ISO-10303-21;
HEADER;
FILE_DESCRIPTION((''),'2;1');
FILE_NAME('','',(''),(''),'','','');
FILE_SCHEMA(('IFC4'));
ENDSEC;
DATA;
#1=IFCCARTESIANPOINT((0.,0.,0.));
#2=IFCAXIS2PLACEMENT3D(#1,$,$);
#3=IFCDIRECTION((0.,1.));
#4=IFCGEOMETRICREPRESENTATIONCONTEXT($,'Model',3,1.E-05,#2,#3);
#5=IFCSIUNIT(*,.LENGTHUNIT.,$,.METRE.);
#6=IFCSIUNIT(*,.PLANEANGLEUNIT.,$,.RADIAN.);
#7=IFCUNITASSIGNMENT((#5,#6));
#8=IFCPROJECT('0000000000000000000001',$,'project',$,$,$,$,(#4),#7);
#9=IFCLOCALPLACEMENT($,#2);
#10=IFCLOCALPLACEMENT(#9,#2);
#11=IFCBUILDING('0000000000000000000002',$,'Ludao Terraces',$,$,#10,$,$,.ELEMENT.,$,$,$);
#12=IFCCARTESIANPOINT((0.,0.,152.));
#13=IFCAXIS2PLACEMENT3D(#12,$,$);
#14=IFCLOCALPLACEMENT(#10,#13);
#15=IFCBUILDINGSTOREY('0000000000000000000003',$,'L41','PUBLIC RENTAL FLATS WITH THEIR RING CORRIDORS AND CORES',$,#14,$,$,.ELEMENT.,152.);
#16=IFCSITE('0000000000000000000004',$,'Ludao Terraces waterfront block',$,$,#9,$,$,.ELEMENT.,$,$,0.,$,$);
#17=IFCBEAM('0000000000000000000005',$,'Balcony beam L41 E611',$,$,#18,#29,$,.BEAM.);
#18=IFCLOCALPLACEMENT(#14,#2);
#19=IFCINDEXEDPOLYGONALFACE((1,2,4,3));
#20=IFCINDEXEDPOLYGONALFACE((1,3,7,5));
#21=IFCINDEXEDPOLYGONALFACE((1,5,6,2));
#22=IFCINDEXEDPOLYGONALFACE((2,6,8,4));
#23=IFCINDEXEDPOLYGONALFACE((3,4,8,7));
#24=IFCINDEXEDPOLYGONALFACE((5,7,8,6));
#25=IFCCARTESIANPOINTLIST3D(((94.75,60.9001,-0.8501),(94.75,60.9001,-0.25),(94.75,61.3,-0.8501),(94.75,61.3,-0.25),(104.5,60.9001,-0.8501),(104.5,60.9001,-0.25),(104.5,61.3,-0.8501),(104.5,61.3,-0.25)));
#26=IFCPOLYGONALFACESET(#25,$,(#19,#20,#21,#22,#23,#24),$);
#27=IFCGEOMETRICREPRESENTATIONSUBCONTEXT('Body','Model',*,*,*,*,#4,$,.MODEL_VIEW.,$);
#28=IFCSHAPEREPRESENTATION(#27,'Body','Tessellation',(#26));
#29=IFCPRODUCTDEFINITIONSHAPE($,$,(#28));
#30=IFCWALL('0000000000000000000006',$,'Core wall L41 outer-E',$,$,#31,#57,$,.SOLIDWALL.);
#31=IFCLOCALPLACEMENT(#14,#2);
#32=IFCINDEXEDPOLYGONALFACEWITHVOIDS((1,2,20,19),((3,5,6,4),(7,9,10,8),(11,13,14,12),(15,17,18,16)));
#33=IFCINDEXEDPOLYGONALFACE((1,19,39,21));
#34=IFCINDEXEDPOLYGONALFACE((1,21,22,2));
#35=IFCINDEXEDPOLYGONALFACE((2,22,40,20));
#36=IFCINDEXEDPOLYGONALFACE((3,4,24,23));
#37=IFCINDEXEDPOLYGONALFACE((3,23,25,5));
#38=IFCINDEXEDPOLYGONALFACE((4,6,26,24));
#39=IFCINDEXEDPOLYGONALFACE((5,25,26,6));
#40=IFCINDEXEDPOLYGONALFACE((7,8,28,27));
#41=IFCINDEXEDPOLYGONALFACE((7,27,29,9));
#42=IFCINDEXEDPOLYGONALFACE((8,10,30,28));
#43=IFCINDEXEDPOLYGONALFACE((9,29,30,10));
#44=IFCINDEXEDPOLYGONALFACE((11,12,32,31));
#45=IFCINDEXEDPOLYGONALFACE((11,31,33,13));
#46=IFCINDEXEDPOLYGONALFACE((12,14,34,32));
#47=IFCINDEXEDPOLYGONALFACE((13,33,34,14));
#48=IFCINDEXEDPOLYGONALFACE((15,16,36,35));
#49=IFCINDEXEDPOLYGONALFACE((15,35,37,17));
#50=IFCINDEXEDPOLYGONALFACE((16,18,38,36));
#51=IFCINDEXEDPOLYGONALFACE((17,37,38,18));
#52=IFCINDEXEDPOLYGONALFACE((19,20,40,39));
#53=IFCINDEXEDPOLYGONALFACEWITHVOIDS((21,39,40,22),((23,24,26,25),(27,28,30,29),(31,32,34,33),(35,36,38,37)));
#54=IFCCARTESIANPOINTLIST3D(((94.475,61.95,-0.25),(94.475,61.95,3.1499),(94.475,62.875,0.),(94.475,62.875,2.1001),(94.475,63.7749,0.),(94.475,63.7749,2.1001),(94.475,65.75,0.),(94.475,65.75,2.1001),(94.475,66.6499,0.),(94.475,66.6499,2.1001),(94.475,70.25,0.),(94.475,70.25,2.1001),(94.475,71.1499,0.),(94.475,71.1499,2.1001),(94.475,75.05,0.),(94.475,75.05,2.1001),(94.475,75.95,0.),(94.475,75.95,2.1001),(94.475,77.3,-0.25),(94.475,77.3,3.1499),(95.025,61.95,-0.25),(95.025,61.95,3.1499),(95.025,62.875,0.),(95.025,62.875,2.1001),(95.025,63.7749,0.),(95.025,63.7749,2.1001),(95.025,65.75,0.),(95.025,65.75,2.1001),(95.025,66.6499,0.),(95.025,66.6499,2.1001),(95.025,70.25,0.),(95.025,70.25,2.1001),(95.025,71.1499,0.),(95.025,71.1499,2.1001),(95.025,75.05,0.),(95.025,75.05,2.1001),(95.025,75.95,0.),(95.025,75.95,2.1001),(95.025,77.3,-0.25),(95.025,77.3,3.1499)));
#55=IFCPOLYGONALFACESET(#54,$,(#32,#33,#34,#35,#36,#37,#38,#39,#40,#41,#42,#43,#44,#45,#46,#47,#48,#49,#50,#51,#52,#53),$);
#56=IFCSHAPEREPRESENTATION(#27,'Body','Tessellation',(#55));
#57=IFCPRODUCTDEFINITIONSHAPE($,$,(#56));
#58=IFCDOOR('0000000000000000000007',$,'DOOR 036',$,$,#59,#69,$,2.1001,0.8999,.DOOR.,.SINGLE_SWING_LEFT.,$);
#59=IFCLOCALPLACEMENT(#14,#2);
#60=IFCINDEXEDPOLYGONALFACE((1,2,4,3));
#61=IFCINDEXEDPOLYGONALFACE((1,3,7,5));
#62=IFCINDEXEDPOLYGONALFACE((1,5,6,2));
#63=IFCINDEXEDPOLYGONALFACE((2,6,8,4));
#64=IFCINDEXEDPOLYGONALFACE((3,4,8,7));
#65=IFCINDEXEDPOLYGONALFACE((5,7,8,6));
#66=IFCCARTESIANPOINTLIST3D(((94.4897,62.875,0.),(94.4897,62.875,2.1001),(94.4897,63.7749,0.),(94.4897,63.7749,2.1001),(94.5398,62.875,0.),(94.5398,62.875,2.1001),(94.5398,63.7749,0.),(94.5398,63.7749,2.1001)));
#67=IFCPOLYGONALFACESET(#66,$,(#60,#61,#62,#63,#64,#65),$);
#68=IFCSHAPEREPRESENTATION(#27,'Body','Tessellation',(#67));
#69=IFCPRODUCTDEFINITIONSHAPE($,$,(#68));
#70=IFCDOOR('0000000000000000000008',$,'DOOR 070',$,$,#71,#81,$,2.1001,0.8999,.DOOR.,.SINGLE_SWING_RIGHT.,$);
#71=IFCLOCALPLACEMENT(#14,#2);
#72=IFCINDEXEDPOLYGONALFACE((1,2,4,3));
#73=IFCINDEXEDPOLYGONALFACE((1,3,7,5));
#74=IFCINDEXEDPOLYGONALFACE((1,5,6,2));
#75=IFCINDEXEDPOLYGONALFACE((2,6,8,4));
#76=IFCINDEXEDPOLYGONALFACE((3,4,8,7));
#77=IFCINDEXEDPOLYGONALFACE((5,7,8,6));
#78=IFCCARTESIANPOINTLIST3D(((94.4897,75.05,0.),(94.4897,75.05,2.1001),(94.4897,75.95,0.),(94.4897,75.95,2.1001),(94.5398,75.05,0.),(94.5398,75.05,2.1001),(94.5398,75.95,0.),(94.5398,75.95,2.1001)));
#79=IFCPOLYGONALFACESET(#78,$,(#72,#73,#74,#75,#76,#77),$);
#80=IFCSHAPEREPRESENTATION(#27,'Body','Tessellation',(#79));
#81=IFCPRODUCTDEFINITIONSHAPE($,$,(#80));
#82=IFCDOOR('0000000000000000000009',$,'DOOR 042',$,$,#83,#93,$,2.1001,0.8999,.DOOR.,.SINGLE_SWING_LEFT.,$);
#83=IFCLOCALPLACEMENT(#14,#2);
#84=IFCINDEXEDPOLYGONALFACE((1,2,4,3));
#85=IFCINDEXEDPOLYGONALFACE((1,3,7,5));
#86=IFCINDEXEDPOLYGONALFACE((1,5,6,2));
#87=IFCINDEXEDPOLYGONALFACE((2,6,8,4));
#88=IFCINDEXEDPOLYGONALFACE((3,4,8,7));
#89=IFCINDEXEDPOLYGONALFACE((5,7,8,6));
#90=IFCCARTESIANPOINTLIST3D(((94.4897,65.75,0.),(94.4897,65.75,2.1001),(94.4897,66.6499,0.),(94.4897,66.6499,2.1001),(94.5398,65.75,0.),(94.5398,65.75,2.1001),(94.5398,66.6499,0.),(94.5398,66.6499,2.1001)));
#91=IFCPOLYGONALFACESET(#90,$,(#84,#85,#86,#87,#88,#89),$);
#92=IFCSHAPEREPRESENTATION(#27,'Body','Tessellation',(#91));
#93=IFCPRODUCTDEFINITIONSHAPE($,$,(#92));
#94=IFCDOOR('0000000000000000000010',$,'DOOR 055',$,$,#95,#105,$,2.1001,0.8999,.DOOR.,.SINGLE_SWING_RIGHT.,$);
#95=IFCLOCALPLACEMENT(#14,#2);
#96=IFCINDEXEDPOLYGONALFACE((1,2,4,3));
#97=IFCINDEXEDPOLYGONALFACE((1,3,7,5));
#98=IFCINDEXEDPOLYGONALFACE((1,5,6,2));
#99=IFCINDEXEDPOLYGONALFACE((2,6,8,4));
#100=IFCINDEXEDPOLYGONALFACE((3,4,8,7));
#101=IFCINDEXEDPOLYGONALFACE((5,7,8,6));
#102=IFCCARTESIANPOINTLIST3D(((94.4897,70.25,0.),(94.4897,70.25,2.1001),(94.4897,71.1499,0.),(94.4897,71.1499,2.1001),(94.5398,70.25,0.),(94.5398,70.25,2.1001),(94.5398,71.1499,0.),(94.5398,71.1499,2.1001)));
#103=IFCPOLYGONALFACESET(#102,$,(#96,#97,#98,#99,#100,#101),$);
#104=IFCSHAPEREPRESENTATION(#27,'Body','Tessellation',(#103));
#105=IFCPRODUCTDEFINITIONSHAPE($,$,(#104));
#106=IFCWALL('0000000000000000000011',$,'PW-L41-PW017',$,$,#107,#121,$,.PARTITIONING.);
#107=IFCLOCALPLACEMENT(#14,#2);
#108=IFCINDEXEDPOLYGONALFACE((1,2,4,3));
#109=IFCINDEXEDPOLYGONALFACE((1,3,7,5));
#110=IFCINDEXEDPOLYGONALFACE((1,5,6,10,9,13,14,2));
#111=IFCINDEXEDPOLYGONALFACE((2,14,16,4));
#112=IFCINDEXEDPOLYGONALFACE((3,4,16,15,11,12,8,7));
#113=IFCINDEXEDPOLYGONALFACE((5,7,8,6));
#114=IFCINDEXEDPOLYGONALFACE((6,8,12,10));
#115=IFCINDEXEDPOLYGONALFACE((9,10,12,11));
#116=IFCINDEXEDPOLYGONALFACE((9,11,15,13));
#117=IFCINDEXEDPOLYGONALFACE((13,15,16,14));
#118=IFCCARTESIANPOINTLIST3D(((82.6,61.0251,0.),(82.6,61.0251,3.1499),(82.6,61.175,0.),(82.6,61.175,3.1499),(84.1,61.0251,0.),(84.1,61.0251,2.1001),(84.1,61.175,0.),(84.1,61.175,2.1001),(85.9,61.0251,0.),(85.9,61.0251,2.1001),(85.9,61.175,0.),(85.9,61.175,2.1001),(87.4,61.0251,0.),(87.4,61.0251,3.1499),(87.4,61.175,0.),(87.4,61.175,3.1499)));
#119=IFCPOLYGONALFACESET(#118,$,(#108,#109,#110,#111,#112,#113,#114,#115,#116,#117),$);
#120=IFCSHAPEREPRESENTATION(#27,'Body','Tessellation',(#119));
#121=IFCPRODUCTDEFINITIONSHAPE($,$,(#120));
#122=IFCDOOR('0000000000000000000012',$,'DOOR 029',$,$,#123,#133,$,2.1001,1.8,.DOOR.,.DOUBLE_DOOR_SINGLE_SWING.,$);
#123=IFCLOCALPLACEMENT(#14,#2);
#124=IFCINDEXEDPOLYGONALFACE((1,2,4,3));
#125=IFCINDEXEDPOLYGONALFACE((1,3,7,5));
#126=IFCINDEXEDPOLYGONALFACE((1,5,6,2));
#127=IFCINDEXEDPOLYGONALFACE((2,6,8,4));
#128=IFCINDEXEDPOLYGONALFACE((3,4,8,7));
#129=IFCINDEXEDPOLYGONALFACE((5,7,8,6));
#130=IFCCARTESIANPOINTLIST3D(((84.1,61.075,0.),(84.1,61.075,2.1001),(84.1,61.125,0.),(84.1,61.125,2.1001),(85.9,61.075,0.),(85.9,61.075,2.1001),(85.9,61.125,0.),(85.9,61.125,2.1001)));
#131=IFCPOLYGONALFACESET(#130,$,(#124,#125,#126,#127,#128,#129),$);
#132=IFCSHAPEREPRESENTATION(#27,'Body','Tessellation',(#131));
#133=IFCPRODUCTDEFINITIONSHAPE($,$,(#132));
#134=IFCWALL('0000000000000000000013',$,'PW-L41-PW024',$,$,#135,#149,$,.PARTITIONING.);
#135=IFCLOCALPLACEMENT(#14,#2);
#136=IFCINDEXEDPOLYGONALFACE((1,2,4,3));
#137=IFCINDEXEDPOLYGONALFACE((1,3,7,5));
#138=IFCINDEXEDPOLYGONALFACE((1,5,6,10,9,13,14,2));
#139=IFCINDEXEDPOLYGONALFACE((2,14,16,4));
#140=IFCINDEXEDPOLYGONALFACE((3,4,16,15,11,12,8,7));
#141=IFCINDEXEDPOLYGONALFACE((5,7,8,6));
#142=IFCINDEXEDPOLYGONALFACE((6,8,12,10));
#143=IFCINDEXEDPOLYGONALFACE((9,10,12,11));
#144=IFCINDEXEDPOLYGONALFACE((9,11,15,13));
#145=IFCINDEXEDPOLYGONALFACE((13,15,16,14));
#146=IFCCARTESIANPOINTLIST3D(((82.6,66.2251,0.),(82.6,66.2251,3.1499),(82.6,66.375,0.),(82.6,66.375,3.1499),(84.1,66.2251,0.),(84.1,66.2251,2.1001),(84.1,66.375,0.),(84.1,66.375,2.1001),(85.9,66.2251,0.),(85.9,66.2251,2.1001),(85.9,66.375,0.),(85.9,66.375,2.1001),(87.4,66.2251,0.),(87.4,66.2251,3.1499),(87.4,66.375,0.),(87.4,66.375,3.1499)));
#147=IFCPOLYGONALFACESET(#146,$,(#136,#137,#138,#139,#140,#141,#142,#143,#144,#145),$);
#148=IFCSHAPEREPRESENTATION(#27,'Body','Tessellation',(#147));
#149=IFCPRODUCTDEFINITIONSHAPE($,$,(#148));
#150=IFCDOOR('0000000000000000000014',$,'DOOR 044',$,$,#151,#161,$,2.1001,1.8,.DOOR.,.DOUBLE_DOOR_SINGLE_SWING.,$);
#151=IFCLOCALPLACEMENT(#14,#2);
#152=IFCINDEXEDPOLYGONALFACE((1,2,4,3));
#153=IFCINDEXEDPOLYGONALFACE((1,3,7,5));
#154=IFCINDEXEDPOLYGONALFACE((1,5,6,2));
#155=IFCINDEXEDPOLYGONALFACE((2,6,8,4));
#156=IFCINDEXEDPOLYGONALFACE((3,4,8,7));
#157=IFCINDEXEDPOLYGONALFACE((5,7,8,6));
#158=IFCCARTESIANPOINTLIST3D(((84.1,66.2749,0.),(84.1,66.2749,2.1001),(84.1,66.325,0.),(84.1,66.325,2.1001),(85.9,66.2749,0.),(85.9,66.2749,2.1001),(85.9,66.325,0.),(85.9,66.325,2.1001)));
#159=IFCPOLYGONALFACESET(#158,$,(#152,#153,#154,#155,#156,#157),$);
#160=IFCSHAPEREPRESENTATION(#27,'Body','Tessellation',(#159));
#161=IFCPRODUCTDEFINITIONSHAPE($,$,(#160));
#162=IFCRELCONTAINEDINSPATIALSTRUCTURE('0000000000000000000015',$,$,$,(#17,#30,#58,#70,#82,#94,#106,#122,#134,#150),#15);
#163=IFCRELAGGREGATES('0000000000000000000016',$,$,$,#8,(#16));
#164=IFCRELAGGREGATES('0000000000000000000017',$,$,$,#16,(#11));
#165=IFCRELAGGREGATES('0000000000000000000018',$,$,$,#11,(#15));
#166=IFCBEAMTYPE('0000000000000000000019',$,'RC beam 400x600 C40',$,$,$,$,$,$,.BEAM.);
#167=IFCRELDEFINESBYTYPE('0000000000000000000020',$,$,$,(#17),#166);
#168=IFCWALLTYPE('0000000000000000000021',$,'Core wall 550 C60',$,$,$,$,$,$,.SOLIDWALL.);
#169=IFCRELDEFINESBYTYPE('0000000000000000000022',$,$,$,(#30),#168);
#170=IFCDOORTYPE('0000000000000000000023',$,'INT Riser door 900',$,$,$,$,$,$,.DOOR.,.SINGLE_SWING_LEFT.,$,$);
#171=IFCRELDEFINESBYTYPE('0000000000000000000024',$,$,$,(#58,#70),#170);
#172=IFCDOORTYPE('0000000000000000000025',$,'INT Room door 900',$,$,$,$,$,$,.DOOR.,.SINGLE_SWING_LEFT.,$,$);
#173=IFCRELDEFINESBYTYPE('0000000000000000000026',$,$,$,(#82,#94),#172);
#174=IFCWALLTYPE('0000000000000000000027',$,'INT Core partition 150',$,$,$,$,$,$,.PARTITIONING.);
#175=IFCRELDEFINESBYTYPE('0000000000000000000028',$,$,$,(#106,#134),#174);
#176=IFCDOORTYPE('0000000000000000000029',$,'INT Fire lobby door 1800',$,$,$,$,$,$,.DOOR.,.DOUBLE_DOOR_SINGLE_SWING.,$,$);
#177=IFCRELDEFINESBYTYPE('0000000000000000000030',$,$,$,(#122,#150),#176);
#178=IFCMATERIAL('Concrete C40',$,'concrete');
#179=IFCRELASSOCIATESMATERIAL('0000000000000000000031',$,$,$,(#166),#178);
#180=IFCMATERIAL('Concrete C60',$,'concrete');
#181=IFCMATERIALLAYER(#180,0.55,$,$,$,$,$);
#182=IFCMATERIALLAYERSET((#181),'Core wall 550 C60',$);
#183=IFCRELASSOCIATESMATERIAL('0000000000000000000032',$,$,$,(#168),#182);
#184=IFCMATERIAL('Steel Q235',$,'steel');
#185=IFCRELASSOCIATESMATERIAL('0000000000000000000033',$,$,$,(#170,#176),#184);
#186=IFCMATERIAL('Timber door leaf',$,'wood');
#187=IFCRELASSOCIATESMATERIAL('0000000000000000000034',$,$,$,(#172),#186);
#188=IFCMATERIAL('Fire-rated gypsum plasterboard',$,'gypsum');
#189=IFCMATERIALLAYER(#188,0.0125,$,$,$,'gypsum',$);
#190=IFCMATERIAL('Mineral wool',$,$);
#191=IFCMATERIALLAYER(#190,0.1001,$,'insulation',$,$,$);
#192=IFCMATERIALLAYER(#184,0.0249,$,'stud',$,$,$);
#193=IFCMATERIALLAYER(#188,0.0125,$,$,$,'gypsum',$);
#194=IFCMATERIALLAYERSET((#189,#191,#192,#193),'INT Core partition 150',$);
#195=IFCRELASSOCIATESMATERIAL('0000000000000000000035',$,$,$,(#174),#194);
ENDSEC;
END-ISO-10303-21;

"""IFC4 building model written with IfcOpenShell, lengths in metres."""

from ifc_helpers import new_model, si_unit, direction, frame, frame_2d, origin, origin_2d, place, context, subcontext, project, spatial, rectangle, extrude, material, layer, layer_set, material_profile, profile_set, type_object, element, fill, save


model = new_model("IFC4")

# Units and contexts
model_context = context("Model", 3, precision=1e-05, world=origin(), true_north=direction((0.0, 1.0)))
body_context = subcontext(model_context, "Body", "Model", "MODEL_VIEW")
ifc_project = project(units=[si_unit("LENGTHUNIT", "METRE"), si_unit("PLANEANGLEUNIT", "RADIAN")], contexts=[model_context])

# Site, building, storey
site_placement = place(None, origin())
site = spatial("IfcSite", under=ifc_project, at=site_placement, Name="Ludao Terraces waterfront block", CompositionType="ELEMENT", RefElevation=0.0)
building_placement = place(site_placement, origin())
building = spatial("IfcBuilding", under=site, at=building_placement, Name="Ludao Terraces", CompositionType="ELEMENT")
storey_placement = place(building_placement, frame((0.0, 0.0, 152.0)))
storey = spatial("IfcBuildingStorey", under=building, at=storey_placement, Name="L41", Description="PUBLIC RENTAL FLATS WITH THEIR RING CORRIDORS AND CORES", CompositionType="ELEMENT", Elevation=152.0)

# Beam
ifc_material_1 = material(Name="Concrete C40", Category="concrete")
ifc_material_profile = material_profile(ifc_material_1, rectangle(XDim=0.3999, YDim=0.6001, at=origin_2d()), Name="400 X 600")
ifc_profile_set = profile_set([ifc_material_profile], Name="Concrete C40")
beam_type = type_object("IfcBeamType", Name="RC beam 400x600 C40", PredefinedType="BEAM", material=ifc_profile_set)
beam_placement = place(storey_placement, frame((94.75, 61.1001, -0.55), z_axis=(1.0, 0.0, 0.0), x_axis=(0.0, 1.0, 0.0)))
element("IfcBeam", 1, at=beam_placement, inside=storey, type_object=beam_type, Name="Balcony beam L41 E611", PredefinedType="BEAM", context=body_context, shape_type="SweptSolid", body=[
    extrude(rectangle(XDim=0.3999, YDim=0.6001, at=origin_2d()), origin(), (0.0, 0.0, 1.0), 9.75),
])

# Wall, openings, doors
ifc_material_2 = material(Name="Concrete C60", Category="concrete")
ifc_layer_1 = layer(ifc_material_2, 0.55)
ifc_layer_set_1 = layer_set([ifc_layer_1], Name="Core wall 550 C60")
wall_type_1 = type_object("IfcWallType", Name="Core wall 550 C60", PredefinedType="SOLIDWALL", material=ifc_layer_set_1)
wall_1_placement = place(storey_placement, frame((94.75, 61.95, -0.25), z_axis=(0.0, 0.0, 1.0), x_axis=(0.0, 1.0, 0.0)))
wall_1 = element("IfcWall", 2, at=wall_1_placement, inside=storey, type_object=wall_type_1, Name="Core wall L41 outer-E", PredefinedType="SOLIDWALL", context=body_context, shape_type="SweptSolid", body=[
    extrude(rectangle(XDim=15.3501, YDim=0.55, at=frame_2d((7.675, 0.0))), origin(), (0.0, 0.0, 1.0), 3.3999),
])
opening_1_placement = place(wall_1_placement, frame((0.925, 0.0, 0.25)))
opening_1 = element("IfcOpeningElement", 3, at=opening_1_placement, cuts=wall_1, PredefinedType="OPENING", context=body_context, shape_type="SweptSolid", body=[
    extrude(rectangle(XDim=0.8999, YDim=2.1001, at=frame_2d((0.45, 1.05))), frame((0.0, 0.2852, 0.0), z_axis=(0.0, -1.0, 0.0), x_axis=(1.0, 0.0, 0.0)), (0.0, 0.0, 1.0), 0.5701),
])
opening_2_placement = place(wall_1_placement, frame((3.8, 0.0, 0.25)))
opening_2 = element("IfcOpeningElement", 4, at=opening_2_placement, cuts=wall_1, PredefinedType="OPENING", context=body_context, shape_type="SweptSolid", body=[
    extrude(rectangle(XDim=0.8999, YDim=2.1001, at=frame_2d((0.45, 1.05))), frame((0.0, 0.2852, 0.0), z_axis=(0.0, -1.0, 0.0), x_axis=(1.0, 0.0, 0.0)), (0.0, 0.0, 1.0), 0.5701),
])
opening_3_placement = place(wall_1_placement, frame((8.3, 0.0, 0.25)))
opening_3 = element("IfcOpeningElement", 5, at=opening_3_placement, cuts=wall_1, PredefinedType="OPENING", context=body_context, shape_type="SweptSolid", body=[
    extrude(rectangle(XDim=0.8999, YDim=2.1001, at=frame_2d((0.45, 1.05))), frame((0.0, 0.2852, 0.0), z_axis=(0.0, -1.0, 0.0), x_axis=(1.0, 0.0, 0.0)), (0.0, 0.0, 1.0), 0.5701),
])
opening_4_placement = place(wall_1_placement, frame((13.1001, 0.0, 0.25)))
opening_4 = element("IfcOpeningElement", 6, at=opening_4_placement, cuts=wall_1, PredefinedType="OPENING", context=body_context, shape_type="SweptSolid", body=[
    extrude(rectangle(XDim=0.8999, YDim=2.1001, at=frame_2d((0.45, 1.05))), frame((0.0, 0.2852, 0.0), z_axis=(0.0, -1.0, 0.0), x_axis=(1.0, 0.0, 0.0)), (0.0, 0.0, 1.0), 0.5701),
])
ifc_material_3 = material(Name="Steel Q235", Category="steel")
door_type_1 = type_object("IfcDoorType", Name="INT Riser door 900", OperationType="SINGLE_SWING_LEFT", PredefinedType="DOOR", material=ifc_material_3)
door_1_placement = place(opening_1_placement, origin())
door_1 = element("IfcDoor", 7, at=door_1_placement, inside=storey, type_object=door_type_1, Name="DOOR 036", OperationType="SINGLE_SWING_LEFT", OverallHeight=2.1001, OverallWidth=0.8999, PredefinedType="DOOR", context=body_context, shape_type="SweptSolid", body=[
    extrude(rectangle(XDim=0.8999, YDim=2.1001, at=frame_2d((0.45, 1.05))), frame((0.0, 0.2603, 0.0), z_axis=(0.0, -1.0, 0.0), x_axis=(1.0, 0.0, 0.0)), (0.0, 0.0, 1.0), 0.05),
])
fill(opening_1, door_1)
door_2_placement = place(opening_4_placement, origin())
door_2 = element("IfcDoor", 8, at=door_2_placement, inside=storey, type_object=door_type_1, Name="DOOR 070", OperationType="SINGLE_SWING_RIGHT", OverallHeight=2.1001, OverallWidth=0.8999, PredefinedType="DOOR", context=body_context, shape_type="SweptSolid", body=[
    extrude(rectangle(XDim=0.8999, YDim=2.1001, at=frame_2d((0.45, 1.05))), frame((0.0, 0.2603, 0.0), z_axis=(0.0, -1.0, 0.0), x_axis=(1.0, 0.0, 0.0)), (0.0, 0.0, 1.0), 0.05),
])
fill(opening_4, door_2)
ifc_material_4 = material(Name="Timber door leaf", Category="wood")
door_type_2 = type_object("IfcDoorType", Name="INT Room door 900", OperationType="SINGLE_SWING_LEFT", PredefinedType="DOOR", material=ifc_material_4)
door_3_placement = place(opening_2_placement, origin())
door_3 = element("IfcDoor", 9, at=door_3_placement, inside=storey, type_object=door_type_2, Name="DOOR 042", OperationType="SINGLE_SWING_LEFT", OverallHeight=2.1001, OverallWidth=0.8999, PredefinedType="DOOR", context=body_context, shape_type="SweptSolid", body=[
    extrude(rectangle(XDim=0.8999, YDim=2.1001, at=frame_2d((0.45, 1.05))), frame((0.0, 0.2603, 0.0), z_axis=(0.0, -1.0, 0.0), x_axis=(1.0, 0.0, 0.0)), (0.0, 0.0, 1.0), 0.05),
])
fill(opening_2, door_3)
door_4_placement = place(opening_3_placement, origin())
door_4 = element("IfcDoor", 10, at=door_4_placement, inside=storey, type_object=door_type_2, Name="DOOR 055", OperationType="SINGLE_SWING_RIGHT", OverallHeight=2.1001, OverallWidth=0.8999, PredefinedType="DOOR", context=body_context, shape_type="SweptSolid", body=[
    extrude(rectangle(XDim=0.8999, YDim=2.1001, at=frame_2d((0.45, 1.05))), frame((0.0, 0.2603, 0.0), z_axis=(0.0, -1.0, 0.0), x_axis=(1.0, 0.0, 0.0)), (0.0, 0.0, 1.0), 0.05),
])
fill(opening_3, door_4)

# Walls, openings, doors
ifc_material_5 = material(Name="Fire-rated gypsum plasterboard", Category="gypsum")
ifc_layer_2 = layer(ifc_material_5, 0.0125, Category="gypsum")
ifc_material_6 = material(Name="Mineral wool")
ifc_layer_3 = layer(ifc_material_6, 0.1001, Name="insulation")
ifc_layer_4 = layer(ifc_material_3, 0.0249, Name="stud")
ifc_layer_5 = layer(ifc_material_5, 0.0125, Category="gypsum")
ifc_layer_set_2 = layer_set([ifc_layer_2, ifc_layer_3, ifc_layer_4, ifc_layer_5], Name="INT Core partition 150")
wall_type_2 = type_object("IfcWallType", Name="INT Core partition 150", PredefinedType="PARTITIONING", material=ifc_layer_set_2)
wall_2_placement = place(storey_placement, frame((82.6001, 61.1001, 0.0), z_axis=(0.0, 0.0, 1.0), x_axis=(1.0, 0.0, 0.0)))
wall_2 = element("IfcWall", 11, at=wall_2_placement, inside=storey, type_object=wall_type_2, Name="PW-L41-PW017", PredefinedType="PARTITIONING", context=body_context, shape_type="SweptSolid", body=[
    extrude(rectangle(XDim=4.8, YDim=0.1499, at=frame_2d((2.3999, 0.0))), origin(), (0.0, 0.0, 1.0), 3.1499),
])
opening_5_placement = place(wall_2_placement, frame((1.5, 0.0, 0.0)))
opening_5 = element("IfcOpeningElement", 12, at=opening_5_placement, cuts=wall_2, PredefinedType="OPENING", context=body_context, shape_type="SweptSolid", body=[
    extrude(rectangle(XDim=1.8, YDim=2.1001, at=frame_2d((0.8999, 1.05))), frame((0.0, 0.085, 0.0), z_axis=(0.0, -1.0, 0.0), x_axis=(1.0, 0.0, 0.0)), (0.0, 0.0, 1.0), 0.1699),
])
door_type_3 = type_object("IfcDoorType", Name="INT Fire lobby door 1800", OperationType="DOUBLE_DOOR_SINGLE_SWING", PredefinedType="DOOR", material=ifc_material_3)
door_5_placement = place(opening_5_placement, origin())
door_5 = element("IfcDoor", 13, at=door_5_placement, inside=storey, type_object=door_type_3, Name="DOOR 029", OperationType="DOUBLE_DOOR_SINGLE_SWING", OverallHeight=2.1001, OverallWidth=1.8, PredefinedType="DOOR", context=body_context, shape_type="SweptSolid", body=[
    extrude(rectangle(XDim=1.8, YDim=2.1001, at=frame_2d((0.8999, 1.05))), frame((0.0, 0.0249, 0.0), z_axis=(0.0, -1.0, 0.0), x_axis=(1.0, 0.0, 0.0)), (0.0, 0.0, 1.0), 0.05),
])
fill(opening_5, door_5)
wall_3_placement = place(storey_placement, frame((82.6001, 66.3, 0.0), z_axis=(0.0, 0.0, 1.0), x_axis=(1.0, 0.0, 0.0)))
wall_3 = element("IfcWall", 14, at=wall_3_placement, inside=storey, type_object=wall_type_2, Name="PW-L41-PW024", PredefinedType="PARTITIONING", context=body_context, shape_type="SweptSolid", body=[
    extrude(rectangle(XDim=4.8, YDim=0.1499, at=frame_2d((2.3999, 0.0))), origin(), (0.0, 0.0, 1.0), 3.1499),
])
opening_6_placement = place(wall_3_placement, frame((1.5, 0.0, 0.0)))
opening_6 = element("IfcOpeningElement", 15, at=opening_6_placement, cuts=wall_3, PredefinedType="OPENING", context=body_context, shape_type="SweptSolid", body=[
    extrude(rectangle(XDim=1.8, YDim=2.1001, at=frame_2d((0.8999, 1.05))), frame((0.0, 0.085, 0.0), z_axis=(0.0, -1.0, 0.0), x_axis=(1.0, 0.0, 0.0)), (0.0, 0.0, 1.0), 0.1699),
])
door_6_placement = place(opening_6_placement, origin())
door_6 = element("IfcDoor", 16, at=door_6_placement, inside=storey, type_object=door_type_3, Name="DOOR 044", OperationType="DOUBLE_DOOR_SINGLE_SWING", OverallHeight=2.1001, OverallWidth=1.8, PredefinedType="DOOR", context=body_context, shape_type="SweptSolid", body=[
    extrude(rectangle(XDim=1.8, YDim=2.1001, at=frame_2d((0.8999, 1.05))), frame((0.0, 0.0249, 0.0), z_axis=(0.0, -1.0, 0.0), x_axis=(1.0, 0.0, 0.0)), (0.0, 0.0, 1.0), 0.05),
])
fill(opening_6, door_6)

save(model, "model.ifc")
